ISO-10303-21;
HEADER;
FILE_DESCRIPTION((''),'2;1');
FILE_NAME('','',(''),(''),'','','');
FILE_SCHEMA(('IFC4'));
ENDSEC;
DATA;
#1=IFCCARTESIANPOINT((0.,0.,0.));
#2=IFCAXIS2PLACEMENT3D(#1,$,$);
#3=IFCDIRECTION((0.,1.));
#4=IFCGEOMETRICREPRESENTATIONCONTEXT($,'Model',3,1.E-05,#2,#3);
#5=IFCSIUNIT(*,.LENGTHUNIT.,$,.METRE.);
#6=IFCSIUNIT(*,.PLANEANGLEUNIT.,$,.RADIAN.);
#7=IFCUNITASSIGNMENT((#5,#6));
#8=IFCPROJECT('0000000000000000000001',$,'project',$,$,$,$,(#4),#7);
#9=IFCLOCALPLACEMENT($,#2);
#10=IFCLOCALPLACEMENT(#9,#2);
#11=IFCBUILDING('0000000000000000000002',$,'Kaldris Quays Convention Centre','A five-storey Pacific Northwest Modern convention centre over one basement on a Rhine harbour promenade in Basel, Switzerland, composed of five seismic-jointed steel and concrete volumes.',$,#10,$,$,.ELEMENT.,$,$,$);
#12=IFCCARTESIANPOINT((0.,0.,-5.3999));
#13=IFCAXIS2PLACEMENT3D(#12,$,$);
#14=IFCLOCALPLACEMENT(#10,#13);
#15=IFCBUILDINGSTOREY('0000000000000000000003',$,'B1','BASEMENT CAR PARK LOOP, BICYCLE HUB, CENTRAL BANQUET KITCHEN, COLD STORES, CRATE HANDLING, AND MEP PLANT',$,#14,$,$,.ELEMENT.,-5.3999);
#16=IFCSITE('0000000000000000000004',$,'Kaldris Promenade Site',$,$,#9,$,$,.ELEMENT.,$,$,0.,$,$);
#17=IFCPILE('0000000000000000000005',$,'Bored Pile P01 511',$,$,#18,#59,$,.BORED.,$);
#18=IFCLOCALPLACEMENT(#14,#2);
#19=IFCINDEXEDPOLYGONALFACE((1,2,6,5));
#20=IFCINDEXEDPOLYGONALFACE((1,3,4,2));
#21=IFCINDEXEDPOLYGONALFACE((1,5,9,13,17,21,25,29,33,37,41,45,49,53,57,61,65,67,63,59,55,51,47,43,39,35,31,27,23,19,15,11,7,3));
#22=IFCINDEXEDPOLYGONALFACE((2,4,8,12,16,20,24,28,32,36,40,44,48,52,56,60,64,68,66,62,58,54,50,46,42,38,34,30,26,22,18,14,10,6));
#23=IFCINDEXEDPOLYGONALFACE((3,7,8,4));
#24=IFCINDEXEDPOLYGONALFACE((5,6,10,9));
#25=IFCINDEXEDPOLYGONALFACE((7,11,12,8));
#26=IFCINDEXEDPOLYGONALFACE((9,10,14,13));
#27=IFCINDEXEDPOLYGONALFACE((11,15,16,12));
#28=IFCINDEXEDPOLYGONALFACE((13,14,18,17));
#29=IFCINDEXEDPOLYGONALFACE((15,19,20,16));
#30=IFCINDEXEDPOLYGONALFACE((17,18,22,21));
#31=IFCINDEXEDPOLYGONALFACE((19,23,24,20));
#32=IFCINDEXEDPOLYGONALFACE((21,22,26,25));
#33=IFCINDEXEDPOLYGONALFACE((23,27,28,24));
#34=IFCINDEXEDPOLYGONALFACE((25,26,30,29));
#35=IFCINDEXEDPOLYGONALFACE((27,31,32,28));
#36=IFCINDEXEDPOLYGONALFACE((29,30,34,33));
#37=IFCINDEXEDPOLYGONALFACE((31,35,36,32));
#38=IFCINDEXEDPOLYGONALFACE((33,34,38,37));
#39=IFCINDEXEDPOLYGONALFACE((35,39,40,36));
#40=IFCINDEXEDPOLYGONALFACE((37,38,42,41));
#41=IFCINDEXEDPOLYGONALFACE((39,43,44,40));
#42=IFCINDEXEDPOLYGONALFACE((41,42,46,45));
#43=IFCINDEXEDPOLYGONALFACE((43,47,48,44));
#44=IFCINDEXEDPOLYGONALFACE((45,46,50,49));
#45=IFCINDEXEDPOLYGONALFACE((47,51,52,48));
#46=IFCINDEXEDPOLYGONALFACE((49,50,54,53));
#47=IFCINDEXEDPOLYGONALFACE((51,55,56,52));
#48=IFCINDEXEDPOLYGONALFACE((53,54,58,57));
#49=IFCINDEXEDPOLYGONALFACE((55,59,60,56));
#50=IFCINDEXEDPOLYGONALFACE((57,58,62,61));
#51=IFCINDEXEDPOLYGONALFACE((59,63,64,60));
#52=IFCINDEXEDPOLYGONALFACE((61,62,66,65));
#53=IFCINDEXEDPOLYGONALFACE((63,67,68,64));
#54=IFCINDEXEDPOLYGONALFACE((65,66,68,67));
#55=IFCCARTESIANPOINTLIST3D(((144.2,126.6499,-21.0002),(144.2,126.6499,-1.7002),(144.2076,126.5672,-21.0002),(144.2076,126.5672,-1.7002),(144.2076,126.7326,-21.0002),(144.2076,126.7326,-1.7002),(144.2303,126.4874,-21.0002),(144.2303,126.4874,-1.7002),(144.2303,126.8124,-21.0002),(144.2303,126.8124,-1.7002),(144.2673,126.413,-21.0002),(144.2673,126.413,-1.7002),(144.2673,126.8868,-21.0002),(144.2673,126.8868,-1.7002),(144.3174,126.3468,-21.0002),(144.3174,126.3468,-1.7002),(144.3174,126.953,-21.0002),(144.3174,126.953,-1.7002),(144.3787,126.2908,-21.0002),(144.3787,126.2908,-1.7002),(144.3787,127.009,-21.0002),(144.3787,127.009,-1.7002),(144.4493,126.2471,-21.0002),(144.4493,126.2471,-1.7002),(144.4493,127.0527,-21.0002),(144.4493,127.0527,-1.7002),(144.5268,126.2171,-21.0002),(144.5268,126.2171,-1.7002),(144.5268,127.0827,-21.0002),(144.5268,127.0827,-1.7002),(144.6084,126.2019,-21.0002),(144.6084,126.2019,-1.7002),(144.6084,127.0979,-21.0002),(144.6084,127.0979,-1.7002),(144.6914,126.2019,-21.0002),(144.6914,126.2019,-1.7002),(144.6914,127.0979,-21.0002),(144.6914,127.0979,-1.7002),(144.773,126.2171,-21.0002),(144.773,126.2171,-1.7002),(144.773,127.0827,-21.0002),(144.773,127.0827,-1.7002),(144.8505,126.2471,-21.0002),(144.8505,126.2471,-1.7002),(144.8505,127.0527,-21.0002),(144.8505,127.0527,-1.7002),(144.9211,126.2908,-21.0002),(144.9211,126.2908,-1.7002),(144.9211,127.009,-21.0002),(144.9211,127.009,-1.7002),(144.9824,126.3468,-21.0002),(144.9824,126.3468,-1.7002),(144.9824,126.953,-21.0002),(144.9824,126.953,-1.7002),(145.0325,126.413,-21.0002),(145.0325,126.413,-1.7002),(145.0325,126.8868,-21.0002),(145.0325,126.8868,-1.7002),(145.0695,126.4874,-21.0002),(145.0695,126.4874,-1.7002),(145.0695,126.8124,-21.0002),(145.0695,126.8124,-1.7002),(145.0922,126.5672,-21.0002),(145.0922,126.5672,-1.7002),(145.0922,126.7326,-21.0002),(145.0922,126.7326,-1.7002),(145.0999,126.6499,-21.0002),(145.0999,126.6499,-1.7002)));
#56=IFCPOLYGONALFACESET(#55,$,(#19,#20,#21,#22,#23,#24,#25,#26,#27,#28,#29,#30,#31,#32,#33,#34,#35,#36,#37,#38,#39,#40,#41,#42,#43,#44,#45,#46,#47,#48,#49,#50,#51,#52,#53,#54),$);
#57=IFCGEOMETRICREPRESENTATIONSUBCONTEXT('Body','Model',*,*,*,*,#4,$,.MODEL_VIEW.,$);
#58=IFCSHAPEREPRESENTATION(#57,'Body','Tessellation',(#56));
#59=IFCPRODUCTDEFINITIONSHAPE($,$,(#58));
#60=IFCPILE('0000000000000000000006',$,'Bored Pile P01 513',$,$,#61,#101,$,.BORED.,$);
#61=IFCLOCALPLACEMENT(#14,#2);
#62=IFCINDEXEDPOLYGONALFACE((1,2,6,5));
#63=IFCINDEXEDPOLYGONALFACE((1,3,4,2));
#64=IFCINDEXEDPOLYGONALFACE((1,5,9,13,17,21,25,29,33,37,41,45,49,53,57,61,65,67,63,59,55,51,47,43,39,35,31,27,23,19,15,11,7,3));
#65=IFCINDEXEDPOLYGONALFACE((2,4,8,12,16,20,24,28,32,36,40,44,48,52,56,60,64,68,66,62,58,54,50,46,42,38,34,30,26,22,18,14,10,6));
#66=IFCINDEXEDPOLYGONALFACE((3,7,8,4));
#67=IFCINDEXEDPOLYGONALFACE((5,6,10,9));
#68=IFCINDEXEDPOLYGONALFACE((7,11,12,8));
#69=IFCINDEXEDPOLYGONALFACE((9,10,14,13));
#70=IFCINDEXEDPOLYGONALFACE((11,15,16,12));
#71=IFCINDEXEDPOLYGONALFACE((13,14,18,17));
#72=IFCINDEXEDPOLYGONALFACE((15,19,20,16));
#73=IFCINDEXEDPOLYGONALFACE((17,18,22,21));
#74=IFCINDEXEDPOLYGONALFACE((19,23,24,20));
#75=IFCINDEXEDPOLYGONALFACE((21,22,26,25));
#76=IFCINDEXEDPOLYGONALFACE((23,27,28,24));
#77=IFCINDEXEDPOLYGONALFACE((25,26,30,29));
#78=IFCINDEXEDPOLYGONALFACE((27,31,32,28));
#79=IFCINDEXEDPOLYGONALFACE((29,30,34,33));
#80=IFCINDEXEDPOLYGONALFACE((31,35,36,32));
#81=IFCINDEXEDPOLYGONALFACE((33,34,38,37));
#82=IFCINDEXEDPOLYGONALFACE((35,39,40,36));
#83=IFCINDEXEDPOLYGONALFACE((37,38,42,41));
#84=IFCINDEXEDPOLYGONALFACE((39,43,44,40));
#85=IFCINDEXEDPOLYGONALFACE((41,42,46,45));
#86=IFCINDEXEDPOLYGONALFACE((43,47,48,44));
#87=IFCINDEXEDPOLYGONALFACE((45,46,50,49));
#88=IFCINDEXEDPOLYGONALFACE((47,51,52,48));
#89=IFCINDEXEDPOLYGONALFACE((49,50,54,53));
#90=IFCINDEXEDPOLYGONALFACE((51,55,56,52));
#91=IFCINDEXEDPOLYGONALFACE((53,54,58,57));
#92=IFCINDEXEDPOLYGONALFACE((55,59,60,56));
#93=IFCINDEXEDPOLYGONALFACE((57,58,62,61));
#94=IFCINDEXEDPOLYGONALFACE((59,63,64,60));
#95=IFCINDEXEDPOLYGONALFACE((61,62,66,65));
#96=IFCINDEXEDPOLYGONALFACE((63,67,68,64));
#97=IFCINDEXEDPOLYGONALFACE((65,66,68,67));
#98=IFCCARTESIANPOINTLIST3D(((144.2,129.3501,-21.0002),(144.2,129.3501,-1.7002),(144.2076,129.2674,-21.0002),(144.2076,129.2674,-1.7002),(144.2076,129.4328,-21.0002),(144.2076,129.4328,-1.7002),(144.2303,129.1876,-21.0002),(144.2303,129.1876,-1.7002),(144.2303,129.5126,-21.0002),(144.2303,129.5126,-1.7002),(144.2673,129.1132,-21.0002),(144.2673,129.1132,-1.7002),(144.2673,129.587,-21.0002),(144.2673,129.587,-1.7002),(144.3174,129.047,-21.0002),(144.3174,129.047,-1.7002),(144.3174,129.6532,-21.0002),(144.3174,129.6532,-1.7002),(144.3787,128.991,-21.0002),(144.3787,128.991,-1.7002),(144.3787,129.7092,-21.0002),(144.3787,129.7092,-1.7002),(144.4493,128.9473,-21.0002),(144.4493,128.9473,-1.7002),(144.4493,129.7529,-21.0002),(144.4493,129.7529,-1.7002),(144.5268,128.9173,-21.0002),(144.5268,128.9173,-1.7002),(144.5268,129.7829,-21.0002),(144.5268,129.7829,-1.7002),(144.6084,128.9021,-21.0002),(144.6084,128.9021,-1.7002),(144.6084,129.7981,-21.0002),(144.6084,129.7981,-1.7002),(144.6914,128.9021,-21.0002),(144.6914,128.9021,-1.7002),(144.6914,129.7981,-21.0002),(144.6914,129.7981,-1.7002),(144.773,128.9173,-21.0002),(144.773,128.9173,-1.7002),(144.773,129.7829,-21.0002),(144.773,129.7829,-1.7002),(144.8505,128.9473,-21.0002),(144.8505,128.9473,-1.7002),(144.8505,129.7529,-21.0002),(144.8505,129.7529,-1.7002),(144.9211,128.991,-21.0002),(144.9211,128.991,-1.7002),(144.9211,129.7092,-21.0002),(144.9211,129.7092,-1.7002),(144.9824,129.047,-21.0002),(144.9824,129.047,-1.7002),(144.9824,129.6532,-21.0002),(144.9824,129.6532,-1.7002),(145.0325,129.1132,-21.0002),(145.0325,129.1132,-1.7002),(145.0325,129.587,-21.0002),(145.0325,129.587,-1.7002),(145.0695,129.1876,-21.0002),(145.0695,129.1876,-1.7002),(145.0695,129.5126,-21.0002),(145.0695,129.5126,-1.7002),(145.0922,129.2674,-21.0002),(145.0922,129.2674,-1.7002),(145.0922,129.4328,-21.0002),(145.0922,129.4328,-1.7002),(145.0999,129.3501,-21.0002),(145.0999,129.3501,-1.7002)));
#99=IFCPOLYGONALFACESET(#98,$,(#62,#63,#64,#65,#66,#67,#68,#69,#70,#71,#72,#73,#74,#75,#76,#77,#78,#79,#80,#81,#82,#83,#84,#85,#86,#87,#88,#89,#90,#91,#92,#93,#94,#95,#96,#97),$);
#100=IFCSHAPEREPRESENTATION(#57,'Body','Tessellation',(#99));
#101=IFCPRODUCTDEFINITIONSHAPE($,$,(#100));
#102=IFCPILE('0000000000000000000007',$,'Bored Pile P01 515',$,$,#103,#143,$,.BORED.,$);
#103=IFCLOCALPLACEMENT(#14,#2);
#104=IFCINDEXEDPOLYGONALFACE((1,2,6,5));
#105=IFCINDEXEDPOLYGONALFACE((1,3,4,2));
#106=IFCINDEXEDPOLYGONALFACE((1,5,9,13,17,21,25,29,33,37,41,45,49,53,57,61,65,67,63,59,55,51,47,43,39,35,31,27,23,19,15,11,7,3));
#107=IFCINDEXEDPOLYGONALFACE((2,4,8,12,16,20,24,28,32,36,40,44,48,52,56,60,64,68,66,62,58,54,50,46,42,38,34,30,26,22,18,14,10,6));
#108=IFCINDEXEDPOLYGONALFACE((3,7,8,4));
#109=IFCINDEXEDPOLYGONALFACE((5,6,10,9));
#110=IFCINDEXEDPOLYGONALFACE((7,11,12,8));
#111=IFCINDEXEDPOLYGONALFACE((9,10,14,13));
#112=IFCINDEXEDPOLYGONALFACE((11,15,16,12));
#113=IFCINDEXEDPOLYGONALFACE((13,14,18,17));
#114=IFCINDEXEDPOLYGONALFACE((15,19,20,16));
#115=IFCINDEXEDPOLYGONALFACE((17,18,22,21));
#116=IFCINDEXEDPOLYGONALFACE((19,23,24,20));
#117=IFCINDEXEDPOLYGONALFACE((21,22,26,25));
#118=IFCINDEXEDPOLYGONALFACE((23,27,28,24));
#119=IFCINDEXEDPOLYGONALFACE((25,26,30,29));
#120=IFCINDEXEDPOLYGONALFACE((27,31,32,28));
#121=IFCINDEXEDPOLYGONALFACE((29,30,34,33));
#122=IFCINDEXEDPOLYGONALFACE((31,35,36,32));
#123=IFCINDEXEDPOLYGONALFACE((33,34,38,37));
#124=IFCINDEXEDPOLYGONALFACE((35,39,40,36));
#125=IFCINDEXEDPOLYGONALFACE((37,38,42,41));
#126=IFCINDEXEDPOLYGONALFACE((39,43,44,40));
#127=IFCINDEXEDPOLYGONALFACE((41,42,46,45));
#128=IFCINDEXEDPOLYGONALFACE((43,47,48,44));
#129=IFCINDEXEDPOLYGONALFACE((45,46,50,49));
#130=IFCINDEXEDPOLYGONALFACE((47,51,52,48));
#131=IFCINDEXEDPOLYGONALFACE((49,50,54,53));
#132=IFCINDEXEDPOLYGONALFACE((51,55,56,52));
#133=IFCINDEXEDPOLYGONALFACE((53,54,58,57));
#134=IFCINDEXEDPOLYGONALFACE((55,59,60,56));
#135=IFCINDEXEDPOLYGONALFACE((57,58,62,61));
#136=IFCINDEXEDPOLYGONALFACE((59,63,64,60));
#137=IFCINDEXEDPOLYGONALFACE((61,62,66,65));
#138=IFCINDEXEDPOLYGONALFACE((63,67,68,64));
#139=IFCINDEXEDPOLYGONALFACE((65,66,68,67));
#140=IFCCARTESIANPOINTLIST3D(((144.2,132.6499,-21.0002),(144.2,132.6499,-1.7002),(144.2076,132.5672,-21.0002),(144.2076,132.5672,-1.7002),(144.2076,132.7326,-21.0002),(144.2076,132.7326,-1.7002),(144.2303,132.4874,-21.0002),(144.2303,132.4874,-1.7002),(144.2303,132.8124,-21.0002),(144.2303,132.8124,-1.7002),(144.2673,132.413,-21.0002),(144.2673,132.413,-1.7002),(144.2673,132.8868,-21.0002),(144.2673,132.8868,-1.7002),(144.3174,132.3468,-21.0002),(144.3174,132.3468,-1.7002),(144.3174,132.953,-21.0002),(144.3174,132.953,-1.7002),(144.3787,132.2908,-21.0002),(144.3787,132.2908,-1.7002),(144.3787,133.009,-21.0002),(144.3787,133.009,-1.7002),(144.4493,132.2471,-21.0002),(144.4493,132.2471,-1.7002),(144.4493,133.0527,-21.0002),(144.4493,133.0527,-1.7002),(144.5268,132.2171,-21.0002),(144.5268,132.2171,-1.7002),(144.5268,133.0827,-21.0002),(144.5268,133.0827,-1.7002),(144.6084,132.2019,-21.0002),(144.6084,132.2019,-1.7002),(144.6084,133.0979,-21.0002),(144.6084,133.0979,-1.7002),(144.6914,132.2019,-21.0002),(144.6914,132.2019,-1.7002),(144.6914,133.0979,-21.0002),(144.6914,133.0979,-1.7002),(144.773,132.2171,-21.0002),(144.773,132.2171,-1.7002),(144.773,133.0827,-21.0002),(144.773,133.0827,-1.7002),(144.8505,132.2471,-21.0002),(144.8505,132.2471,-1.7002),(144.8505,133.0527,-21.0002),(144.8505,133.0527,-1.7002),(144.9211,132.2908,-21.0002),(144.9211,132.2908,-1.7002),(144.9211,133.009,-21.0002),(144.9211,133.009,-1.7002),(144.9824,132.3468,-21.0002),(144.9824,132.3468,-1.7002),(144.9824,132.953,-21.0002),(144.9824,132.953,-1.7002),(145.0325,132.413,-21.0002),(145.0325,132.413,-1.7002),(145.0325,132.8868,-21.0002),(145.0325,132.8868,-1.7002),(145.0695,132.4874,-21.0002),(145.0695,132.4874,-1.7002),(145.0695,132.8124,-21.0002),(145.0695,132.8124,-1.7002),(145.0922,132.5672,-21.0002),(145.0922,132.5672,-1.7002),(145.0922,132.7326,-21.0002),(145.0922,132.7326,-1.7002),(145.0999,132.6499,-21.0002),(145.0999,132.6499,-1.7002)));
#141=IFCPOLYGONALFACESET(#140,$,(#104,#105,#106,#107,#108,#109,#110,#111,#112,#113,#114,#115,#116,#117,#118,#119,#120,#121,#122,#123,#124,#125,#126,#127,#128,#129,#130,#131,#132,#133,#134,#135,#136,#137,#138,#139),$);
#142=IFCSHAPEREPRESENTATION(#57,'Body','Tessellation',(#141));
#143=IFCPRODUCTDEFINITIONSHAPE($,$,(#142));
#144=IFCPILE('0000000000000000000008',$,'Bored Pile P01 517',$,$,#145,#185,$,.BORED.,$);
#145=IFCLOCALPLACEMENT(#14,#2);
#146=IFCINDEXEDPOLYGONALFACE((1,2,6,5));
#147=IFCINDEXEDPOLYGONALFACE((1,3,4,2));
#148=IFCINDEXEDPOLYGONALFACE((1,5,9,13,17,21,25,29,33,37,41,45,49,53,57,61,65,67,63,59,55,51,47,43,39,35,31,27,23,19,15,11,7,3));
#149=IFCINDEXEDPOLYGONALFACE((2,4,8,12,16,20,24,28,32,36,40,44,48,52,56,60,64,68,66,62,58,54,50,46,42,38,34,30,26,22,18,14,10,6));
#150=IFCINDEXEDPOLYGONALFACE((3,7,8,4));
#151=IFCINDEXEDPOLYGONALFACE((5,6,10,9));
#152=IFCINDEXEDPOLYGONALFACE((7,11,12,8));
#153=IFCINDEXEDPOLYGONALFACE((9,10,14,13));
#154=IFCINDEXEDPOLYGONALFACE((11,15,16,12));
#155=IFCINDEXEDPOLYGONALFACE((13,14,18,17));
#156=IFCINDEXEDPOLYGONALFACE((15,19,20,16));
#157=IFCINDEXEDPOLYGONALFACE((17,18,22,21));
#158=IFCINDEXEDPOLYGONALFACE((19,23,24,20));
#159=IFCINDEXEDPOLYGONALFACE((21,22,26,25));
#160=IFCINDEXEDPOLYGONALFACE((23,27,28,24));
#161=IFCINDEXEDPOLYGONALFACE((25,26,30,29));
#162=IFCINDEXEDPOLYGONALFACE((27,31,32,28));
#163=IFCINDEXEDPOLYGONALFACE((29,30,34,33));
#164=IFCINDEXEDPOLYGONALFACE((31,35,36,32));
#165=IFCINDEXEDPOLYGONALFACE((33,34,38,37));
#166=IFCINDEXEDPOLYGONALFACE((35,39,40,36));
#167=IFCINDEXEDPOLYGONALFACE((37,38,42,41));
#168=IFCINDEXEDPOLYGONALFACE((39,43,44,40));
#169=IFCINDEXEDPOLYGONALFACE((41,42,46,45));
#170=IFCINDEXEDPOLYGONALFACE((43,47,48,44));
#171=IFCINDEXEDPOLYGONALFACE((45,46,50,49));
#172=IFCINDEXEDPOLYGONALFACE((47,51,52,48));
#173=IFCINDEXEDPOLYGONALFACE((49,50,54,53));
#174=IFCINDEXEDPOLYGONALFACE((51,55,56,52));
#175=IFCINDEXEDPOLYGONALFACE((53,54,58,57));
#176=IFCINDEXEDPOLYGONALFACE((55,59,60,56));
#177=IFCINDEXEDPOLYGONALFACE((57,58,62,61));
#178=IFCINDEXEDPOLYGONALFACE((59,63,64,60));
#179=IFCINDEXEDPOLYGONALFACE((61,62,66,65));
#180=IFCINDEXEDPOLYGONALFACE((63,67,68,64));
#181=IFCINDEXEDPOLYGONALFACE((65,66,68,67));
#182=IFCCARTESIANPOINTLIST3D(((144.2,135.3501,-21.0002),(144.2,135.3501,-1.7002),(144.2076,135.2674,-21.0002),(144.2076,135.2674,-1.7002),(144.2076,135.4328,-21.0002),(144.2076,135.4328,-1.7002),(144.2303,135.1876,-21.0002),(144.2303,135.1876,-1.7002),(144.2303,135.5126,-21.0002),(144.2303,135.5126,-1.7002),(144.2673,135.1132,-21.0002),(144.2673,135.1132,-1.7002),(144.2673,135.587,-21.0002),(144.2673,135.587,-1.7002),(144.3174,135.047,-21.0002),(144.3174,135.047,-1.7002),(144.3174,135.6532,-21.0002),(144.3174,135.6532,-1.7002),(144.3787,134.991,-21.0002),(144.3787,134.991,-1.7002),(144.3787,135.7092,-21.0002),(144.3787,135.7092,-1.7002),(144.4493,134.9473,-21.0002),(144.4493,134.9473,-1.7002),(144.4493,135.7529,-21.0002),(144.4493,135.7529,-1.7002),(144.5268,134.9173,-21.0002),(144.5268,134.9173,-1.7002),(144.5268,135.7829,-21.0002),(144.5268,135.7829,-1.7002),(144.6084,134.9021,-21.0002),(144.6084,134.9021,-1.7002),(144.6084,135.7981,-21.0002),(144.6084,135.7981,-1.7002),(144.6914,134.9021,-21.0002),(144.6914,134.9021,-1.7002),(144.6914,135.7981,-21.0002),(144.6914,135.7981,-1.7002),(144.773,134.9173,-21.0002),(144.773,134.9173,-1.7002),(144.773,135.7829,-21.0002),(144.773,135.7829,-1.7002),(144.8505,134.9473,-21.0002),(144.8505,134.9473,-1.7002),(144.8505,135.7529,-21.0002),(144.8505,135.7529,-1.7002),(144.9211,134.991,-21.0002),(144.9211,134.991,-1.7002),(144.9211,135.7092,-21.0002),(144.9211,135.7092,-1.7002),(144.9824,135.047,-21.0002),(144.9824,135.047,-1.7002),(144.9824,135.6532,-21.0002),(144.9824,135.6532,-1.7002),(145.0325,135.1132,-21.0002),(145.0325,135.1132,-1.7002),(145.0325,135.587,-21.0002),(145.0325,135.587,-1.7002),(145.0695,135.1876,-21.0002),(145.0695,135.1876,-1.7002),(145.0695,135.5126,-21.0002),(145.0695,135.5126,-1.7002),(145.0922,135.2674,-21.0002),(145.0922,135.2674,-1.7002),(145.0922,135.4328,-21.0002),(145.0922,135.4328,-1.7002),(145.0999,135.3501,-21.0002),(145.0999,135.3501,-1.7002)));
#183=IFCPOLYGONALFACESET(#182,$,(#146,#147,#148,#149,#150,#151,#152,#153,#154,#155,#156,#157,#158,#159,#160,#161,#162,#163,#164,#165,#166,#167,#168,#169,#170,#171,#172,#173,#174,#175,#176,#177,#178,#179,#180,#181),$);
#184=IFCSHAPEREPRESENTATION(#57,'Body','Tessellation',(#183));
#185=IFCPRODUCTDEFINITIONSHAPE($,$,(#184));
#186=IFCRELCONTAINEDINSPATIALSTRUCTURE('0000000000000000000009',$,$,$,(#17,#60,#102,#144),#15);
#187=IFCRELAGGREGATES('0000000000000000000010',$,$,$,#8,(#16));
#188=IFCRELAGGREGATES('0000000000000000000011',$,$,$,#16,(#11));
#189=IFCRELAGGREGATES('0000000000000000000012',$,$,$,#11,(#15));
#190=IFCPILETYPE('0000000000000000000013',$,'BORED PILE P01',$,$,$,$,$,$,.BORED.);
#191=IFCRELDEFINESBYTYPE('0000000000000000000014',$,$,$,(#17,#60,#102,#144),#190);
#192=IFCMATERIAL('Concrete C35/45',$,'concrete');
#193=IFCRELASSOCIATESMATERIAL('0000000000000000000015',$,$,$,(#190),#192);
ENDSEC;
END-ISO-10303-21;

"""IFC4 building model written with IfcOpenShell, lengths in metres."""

from ifc_helpers import new_model, si_unit, direction, frame, origin, origin_2d, place, context, subcontext, project, spatial, circle, extrude, material, material_profile, profile_set, type_object, element, save


model = new_model("IFC4")

# Units and contexts
model_context = context("Model", 3, precision=1e-05, world=origin(), true_north=direction((0.0, 1.0)))
body_context = subcontext(model_context, "Body", "Model", "MODEL_VIEW")
ifc_project = project(units=[si_unit("LENGTHUNIT", "METRE"), si_unit("PLANEANGLEUNIT", "RADIAN")], contexts=[model_context])

# Site, building, storey
site_placement = place(None, origin())
site = spatial("IfcSite", under=ifc_project, at=site_placement, Name="Kaldris Promenade Site", CompositionType="ELEMENT", RefElevation=0.0)
building_placement = place(site_placement, origin())
building = spatial("IfcBuilding", under=site, at=building_placement, Name="Kaldris Quays Convention Centre", Description="A five-storey Pacific Northwest Modern convention centre over one basement on a Rhine harbour promenade in Basel, Switzerland, composed of five seismic-jointed steel and concrete volumes.", CompositionType="ELEMENT")
storey_placement = place(building_placement, frame((0.0, 0.0, -5.3999)))
storey = spatial("IfcBuildingStorey", under=building, at=storey_placement, Name="B1", Description="BASEMENT CAR PARK LOOP, BICYCLE HUB, CENTRAL BANQUET KITCHEN, COLD STORES, CRATE HANDLING, AND MEP PLANT", CompositionType="ELEMENT", Elevation=-5.3999)

# Piles
ifc_material_1 = material(Name="Concrete C35/45", Category="concrete")
ifc_material_profile_1 = material_profile(ifc_material_1, circle(Radius=0.45, at=origin_2d()), Name="BORED PILE D900")
ifc_profile_set_1 = profile_set([ifc_material_profile_1], Name="Concrete C35/45")
pile_type_1 = type_object("IfcPileType", Name="BORED PILE P01", PredefinedType="BORED", material=ifc_profile_set_1)
for number, where, z_axis, x_axis, name in (
    (1, (144.6499, 126.6499, -1.7002), (0.0, 0.0, -1.0), (1.0, 0.0, 0.0), "Bored Pile P01 511"),
    (2, (144.6499, 129.3501, -1.7002), (0.0, 0.0, -1.0), (1.0, 0.0, 0.0), "Bored Pile P01 513"),
    (3, (144.6499, 132.6499, -1.7002), (0.0, 0.0, -1.0), (1.0, 0.0, 0.0), "Bored Pile P01 515"),
    (4, (144.6499, 135.3501, -1.7002), (0.0, 0.0, -1.0), (1.0, 0.0, 0.0), "Bored Pile P01 517"),
):
    element("IfcPile", number, at=place(storey_placement, frame(where, z_axis=z_axis, x_axis=x_axis)), inside=storey, type_object=pile_type_1, Name=name, PredefinedType="BORED", context=body_context, shape_type="SweptSolid", body=[
        extrude(circle(Radius=0.45, at=origin_2d()), origin(), (0.0, 0.0, 1.0), 19.3),
    ])

save(model, "model.ifc")
